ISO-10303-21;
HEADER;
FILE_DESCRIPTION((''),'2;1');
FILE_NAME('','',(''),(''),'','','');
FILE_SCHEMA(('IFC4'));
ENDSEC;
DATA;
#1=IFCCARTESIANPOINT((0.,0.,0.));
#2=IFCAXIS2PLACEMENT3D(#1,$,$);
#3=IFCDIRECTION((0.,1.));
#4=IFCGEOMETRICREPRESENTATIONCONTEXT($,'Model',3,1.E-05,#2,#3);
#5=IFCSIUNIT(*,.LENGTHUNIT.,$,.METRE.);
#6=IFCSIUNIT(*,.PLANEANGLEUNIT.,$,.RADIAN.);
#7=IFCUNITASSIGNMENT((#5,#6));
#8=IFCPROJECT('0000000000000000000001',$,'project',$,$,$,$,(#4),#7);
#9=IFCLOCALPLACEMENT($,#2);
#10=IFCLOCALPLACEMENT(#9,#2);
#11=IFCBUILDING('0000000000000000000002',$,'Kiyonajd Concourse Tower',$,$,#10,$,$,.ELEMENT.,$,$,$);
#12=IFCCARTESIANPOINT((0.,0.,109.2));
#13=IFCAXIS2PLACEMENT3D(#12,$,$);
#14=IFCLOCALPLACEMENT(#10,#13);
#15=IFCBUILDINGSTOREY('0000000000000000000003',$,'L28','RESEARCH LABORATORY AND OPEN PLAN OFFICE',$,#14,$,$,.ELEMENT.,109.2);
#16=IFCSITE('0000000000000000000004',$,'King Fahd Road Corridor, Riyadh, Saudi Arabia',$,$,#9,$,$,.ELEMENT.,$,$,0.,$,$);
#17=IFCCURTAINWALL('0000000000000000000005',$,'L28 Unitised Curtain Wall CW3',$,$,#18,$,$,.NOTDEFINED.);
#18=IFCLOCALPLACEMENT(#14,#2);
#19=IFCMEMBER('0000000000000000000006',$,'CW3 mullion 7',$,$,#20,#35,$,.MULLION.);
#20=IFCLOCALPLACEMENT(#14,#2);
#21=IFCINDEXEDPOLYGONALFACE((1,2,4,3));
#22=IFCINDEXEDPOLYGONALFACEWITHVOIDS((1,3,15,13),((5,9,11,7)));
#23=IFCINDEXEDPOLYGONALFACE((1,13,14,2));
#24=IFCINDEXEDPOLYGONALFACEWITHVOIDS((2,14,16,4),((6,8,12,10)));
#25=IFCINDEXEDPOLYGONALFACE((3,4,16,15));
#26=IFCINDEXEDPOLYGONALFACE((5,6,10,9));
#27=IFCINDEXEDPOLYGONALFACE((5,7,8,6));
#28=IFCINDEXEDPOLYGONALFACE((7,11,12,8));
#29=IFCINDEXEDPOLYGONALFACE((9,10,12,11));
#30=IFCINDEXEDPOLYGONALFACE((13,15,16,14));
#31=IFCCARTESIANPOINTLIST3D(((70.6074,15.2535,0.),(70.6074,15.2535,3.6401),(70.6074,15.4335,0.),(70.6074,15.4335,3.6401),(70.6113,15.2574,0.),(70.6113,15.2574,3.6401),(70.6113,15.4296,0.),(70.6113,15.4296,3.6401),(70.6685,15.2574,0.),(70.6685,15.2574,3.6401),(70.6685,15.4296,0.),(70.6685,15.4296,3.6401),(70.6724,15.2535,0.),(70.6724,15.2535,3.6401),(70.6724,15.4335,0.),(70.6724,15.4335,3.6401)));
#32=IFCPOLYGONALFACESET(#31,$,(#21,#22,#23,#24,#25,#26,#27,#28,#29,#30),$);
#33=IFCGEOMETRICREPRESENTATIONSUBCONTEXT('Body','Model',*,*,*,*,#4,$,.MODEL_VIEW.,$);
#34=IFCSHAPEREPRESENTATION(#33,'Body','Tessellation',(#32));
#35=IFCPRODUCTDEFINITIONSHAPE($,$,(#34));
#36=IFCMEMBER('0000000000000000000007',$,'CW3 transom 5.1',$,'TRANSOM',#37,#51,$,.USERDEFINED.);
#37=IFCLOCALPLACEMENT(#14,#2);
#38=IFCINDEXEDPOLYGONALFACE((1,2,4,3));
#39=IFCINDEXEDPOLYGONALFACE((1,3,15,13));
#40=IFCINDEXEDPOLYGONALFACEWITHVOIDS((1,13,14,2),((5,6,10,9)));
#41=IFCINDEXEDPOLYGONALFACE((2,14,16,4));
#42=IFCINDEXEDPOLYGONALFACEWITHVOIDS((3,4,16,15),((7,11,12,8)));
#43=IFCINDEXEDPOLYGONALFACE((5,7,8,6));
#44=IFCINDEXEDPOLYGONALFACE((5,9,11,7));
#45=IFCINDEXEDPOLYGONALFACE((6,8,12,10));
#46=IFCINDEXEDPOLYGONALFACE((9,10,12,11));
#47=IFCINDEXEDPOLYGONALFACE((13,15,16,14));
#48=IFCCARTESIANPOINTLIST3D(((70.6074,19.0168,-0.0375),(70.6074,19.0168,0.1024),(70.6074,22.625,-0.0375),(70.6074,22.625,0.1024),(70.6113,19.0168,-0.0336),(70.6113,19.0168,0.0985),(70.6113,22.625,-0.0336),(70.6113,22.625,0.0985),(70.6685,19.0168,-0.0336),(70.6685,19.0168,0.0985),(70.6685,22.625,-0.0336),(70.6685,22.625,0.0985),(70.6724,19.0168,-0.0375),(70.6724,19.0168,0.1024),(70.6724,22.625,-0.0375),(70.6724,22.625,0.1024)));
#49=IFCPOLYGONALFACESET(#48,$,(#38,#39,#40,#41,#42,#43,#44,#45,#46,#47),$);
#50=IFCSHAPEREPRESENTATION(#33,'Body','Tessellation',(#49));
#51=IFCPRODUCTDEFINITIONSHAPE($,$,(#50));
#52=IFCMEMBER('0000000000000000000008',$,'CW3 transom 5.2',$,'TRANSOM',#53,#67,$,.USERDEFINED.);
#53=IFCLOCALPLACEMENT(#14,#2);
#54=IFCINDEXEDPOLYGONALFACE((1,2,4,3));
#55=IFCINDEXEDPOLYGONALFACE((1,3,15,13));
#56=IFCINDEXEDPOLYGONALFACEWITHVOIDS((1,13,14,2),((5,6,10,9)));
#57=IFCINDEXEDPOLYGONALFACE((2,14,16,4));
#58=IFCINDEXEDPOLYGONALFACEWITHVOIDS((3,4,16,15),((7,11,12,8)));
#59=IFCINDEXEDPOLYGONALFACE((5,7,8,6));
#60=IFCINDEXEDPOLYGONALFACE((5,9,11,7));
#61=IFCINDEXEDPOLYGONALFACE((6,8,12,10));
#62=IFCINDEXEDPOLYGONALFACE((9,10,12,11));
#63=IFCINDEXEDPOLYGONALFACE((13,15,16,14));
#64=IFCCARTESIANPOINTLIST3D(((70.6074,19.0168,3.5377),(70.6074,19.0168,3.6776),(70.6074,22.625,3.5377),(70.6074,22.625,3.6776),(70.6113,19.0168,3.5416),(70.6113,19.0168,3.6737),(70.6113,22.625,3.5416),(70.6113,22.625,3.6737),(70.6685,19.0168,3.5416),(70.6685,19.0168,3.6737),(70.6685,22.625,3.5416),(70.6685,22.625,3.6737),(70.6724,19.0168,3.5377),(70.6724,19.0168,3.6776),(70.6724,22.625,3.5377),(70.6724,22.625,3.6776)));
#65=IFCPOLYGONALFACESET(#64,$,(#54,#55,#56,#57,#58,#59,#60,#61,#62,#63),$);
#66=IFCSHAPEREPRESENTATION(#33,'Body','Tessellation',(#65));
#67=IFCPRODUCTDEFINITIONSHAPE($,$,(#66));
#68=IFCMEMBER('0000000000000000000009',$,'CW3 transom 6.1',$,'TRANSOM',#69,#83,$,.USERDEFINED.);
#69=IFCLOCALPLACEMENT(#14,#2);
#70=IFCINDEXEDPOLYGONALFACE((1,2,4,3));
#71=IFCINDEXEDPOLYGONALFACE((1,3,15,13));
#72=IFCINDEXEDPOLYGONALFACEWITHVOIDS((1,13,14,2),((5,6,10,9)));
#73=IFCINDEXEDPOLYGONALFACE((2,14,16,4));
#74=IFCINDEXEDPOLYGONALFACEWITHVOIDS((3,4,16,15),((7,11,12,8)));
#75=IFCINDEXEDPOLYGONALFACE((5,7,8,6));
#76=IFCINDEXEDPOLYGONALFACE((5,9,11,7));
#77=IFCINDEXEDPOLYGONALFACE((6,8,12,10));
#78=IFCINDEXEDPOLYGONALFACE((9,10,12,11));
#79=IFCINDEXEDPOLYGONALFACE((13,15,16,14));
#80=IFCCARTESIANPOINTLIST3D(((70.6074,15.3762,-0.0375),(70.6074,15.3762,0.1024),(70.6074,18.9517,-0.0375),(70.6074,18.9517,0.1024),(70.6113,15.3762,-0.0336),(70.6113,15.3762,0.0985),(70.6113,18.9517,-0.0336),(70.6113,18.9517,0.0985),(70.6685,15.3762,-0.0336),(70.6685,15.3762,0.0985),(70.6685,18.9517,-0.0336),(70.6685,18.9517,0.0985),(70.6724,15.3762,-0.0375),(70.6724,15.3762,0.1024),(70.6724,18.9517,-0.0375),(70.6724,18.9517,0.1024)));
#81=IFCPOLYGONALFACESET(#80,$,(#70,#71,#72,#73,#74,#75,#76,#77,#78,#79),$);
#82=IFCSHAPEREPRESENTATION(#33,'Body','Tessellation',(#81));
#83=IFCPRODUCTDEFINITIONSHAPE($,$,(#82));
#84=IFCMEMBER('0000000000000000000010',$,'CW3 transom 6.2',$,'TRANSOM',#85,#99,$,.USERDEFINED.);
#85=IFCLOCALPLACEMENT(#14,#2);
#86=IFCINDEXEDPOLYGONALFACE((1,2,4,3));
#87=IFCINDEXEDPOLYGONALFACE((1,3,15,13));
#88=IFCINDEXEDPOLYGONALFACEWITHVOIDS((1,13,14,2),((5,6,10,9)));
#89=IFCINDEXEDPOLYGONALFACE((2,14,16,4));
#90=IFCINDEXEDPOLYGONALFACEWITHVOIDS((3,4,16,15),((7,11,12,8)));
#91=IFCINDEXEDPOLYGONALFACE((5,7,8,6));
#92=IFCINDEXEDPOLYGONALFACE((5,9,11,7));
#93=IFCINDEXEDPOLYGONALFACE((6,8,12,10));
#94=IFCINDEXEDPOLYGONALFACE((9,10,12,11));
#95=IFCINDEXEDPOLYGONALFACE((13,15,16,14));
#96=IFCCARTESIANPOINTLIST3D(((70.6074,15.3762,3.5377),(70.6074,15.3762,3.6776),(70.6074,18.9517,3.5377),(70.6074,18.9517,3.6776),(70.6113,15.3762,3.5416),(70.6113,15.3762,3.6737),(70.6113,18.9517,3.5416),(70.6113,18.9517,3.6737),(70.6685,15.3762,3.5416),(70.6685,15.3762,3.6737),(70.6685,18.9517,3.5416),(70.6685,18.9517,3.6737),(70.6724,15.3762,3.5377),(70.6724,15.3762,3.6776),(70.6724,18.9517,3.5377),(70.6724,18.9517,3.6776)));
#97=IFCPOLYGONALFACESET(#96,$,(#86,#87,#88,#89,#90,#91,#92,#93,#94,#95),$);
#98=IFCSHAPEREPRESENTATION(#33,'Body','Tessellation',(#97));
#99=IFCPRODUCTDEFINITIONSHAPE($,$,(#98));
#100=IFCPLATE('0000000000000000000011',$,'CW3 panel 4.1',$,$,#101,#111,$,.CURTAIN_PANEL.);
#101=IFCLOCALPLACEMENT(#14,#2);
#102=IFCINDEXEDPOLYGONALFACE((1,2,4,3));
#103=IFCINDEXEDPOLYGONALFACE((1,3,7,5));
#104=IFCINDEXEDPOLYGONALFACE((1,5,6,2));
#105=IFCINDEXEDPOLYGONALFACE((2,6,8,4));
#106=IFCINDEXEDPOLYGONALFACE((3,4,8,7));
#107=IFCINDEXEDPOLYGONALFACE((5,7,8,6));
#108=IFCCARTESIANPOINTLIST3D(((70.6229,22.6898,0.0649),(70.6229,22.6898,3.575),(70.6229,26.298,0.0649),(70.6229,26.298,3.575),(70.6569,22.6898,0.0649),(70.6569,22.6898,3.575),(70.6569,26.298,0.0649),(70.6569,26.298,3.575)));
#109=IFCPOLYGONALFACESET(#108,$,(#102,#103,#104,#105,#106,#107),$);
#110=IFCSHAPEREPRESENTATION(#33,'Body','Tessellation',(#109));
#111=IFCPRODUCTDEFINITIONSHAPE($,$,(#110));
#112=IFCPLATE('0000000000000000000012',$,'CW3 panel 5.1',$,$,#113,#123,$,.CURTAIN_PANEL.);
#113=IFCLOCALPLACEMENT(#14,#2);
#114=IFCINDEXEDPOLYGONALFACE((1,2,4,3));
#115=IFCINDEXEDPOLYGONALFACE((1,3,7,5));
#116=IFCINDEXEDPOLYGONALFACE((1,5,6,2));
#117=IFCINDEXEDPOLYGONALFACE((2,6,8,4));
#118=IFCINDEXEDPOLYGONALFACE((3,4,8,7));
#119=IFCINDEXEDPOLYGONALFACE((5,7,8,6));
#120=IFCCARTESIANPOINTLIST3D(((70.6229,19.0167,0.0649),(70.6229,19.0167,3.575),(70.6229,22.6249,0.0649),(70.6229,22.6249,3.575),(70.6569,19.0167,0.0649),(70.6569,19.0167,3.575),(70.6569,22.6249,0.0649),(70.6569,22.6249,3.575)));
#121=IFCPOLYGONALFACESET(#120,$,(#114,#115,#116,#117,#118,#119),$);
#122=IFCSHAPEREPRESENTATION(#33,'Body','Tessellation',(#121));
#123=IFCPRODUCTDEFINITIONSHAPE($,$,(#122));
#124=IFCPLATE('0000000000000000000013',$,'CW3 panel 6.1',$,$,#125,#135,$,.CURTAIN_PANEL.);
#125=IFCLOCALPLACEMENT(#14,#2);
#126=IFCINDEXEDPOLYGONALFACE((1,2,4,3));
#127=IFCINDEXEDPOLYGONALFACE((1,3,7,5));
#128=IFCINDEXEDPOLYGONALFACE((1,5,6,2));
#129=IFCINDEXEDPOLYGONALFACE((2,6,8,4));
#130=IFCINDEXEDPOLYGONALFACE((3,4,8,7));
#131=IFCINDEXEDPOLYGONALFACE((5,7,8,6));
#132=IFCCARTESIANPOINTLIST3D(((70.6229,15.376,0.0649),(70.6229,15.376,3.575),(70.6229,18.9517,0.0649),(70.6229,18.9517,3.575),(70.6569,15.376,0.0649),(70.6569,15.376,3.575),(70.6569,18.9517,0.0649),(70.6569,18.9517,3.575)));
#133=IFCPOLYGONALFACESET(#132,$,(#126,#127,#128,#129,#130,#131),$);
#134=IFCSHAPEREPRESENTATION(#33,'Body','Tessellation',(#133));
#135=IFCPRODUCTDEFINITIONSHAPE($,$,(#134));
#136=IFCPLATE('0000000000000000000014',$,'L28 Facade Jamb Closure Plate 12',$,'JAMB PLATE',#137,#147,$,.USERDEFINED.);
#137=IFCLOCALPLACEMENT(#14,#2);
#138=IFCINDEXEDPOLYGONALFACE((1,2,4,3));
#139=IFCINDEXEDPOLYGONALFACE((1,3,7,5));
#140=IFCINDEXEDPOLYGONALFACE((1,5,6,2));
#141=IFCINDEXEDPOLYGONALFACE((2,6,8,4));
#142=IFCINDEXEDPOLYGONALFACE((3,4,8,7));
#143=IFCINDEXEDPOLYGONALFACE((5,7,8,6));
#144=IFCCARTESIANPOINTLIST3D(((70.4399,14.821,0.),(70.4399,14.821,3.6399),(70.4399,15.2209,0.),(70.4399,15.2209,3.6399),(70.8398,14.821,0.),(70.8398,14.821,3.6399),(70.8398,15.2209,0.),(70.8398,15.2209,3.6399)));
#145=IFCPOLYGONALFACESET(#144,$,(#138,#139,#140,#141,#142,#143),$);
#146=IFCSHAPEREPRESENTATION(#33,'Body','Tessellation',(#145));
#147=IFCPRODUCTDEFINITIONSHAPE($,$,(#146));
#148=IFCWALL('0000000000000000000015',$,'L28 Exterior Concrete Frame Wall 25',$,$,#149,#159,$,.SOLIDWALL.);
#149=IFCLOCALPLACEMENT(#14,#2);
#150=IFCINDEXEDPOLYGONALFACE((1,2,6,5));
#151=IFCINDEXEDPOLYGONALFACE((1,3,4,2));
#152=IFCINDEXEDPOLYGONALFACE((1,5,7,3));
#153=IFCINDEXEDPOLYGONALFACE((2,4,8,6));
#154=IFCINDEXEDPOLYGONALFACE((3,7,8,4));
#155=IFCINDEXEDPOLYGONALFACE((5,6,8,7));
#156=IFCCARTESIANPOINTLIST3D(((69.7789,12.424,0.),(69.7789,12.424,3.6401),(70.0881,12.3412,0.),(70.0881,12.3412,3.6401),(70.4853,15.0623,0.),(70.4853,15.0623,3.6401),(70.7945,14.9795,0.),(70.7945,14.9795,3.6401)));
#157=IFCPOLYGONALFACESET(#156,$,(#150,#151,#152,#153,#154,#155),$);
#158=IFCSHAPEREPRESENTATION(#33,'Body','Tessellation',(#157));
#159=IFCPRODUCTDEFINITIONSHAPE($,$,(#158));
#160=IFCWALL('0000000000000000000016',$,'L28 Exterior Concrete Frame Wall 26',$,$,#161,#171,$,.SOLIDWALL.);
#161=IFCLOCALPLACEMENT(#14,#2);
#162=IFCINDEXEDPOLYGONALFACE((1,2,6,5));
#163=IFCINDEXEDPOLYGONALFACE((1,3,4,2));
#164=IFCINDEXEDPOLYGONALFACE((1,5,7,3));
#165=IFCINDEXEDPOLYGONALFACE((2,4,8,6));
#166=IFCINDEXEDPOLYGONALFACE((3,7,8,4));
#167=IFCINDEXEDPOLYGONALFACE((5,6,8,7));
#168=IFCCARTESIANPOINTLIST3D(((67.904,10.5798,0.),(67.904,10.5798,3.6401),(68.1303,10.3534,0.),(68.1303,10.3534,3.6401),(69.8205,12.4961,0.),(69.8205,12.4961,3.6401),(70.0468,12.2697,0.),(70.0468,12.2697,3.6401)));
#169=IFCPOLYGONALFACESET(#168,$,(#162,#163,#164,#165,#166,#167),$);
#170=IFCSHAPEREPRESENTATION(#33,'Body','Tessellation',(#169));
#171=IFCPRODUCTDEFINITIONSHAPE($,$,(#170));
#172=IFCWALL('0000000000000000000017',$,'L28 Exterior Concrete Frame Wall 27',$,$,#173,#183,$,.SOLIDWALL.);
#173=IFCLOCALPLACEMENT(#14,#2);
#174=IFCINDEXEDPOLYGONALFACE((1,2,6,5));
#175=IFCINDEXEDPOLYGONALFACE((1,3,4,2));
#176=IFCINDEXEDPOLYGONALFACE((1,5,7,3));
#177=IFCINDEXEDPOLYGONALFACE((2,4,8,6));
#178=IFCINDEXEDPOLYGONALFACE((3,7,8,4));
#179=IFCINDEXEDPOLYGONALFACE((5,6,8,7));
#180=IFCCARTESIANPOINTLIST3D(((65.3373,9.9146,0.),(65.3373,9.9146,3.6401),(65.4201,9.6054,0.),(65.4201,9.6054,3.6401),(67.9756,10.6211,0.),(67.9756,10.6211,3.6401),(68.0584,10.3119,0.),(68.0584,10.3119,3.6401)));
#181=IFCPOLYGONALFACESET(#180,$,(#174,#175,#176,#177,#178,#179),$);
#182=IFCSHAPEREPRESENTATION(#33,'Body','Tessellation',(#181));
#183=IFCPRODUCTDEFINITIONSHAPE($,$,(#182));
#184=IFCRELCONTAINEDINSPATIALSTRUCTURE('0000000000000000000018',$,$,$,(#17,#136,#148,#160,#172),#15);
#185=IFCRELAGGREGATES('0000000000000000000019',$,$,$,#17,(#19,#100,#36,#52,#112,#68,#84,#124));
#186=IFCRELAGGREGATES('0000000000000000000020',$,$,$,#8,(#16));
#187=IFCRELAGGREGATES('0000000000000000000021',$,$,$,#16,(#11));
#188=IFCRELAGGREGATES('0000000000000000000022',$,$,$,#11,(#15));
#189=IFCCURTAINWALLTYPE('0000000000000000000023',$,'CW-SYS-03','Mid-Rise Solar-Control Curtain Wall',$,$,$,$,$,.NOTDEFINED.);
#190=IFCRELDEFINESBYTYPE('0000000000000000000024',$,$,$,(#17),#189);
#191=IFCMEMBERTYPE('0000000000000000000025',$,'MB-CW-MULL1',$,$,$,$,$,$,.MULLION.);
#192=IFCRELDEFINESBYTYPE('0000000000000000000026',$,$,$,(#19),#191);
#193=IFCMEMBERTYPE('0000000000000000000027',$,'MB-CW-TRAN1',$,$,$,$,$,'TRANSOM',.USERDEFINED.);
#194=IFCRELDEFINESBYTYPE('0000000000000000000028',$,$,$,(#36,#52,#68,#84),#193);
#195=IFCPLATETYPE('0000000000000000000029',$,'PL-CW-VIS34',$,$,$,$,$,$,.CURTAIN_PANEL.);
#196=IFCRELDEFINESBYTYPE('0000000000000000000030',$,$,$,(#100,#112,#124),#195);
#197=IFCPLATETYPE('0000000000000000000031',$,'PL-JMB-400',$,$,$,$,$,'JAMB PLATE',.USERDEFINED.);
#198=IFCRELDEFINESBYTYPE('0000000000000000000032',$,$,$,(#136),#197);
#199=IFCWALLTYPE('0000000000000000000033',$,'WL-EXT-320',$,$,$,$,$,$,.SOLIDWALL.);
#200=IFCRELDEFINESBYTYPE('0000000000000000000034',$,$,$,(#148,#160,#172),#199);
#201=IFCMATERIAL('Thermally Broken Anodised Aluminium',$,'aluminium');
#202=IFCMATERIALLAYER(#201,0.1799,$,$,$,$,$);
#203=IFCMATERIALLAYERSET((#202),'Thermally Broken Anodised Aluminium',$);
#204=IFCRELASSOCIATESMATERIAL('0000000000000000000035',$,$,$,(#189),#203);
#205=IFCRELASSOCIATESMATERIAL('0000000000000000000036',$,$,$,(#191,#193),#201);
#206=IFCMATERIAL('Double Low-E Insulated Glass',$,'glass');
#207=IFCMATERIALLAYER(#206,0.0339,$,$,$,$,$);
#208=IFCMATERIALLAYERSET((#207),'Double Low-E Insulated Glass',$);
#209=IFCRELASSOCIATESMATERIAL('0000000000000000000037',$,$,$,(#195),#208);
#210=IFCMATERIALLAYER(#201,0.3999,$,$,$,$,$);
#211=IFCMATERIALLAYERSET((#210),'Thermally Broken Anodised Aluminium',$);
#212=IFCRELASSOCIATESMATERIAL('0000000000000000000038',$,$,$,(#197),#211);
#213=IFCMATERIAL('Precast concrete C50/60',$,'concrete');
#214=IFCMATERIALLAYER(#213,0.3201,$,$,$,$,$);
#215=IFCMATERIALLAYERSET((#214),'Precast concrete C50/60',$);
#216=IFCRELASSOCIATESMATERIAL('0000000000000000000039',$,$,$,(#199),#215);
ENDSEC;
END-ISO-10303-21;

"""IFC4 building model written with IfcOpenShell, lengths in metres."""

from ifc_helpers import new_model, si_unit, direction, frame, frame_2d, origin, origin_2d, place, context, subcontext, project, spatial, rectangle, hollow_rectangle, extrude, material, layer, layer_set, material_profile, profile_set, type_object, element, aggregate, save


model = new_model("IFC4")

# Units and contexts
model_context = context("Model", 3, precision=1e-05, world=origin(), true_north=direction((0.0, 1.0)))
body_context = subcontext(model_context, "Body", "Model", "MODEL_VIEW")
ifc_project = project(units=[si_unit("LENGTHUNIT", "METRE"), si_unit("PLANEANGLEUNIT", "RADIAN")], contexts=[model_context])

# Site, building, storey
site_placement = place(None, origin())
site = spatial("IfcSite", under=ifc_project, at=site_placement, Name="King Fahd Road Corridor, Riyadh, Saudi Arabia", CompositionType="ELEMENT", RefElevation=0.0)
building_placement = place(site_placement, origin())
building = spatial("IfcBuilding", under=site, at=building_placement, Name="Kiyonajd Concourse Tower", CompositionType="ELEMENT")
storey_placement = place(building_placement, frame((0.0, 0.0, 109.2)))
storey = spatial("IfcBuildingStorey", under=building, at=storey_placement, Name="L28", Description="RESEARCH LABORATORY AND OPEN PLAN OFFICE", CompositionType="ELEMENT", Elevation=109.2)

# Shared definitions
ifc_material_1 = material(Name="Precast concrete C50/60", Category="concrete")

# Curtain wall, members, plates
ifc_material_2 = material(Name="Thermally Broken Anodised Aluminium", Category="aluminium")
ifc_layer_1 = layer(ifc_material_2, 0.1799)
ifc_layer_set_1 = layer_set([ifc_layer_1], Name="Thermally Broken Anodised Aluminium")
curtain_wall_type = type_object("IfcCurtainWallType", Name="CW-SYS-03", Description="Mid-Rise Solar-Control Curtain Wall", PredefinedType="NOTDEFINED", material=ifc_layer_set_1)
curtain_wall_placement = place(storey_placement, origin())
curtain_wall = element("IfcCurtainWall", 1, at=curtain_wall_placement, inside=storey, type_object=curtain_wall_type, Name="L28 Unitised Curtain Wall CW3", PredefinedType="NOTDEFINED")
ifc_material_profile_1 = material_profile(ifc_material_2, hollow_rectangle(XDim=0.0649, YDim=0.1799, WallThickness=0.0039, at=origin_2d()), Name="MULL-65x180")
ifc_profile_set_1 = profile_set([ifc_material_profile_1], Name="Thermally Broken Anodised Aluminium")
member_type_1 = type_object("IfcMemberType", Name="MB-CW-MULL1", PredefinedType="MULLION", material=ifc_profile_set_1)
member_1_placement = place(storey_placement, frame((70.6399, 15.3435, 0.0), z_axis=(0.0, 0.0, 1.0), x_axis=(1.0, 0.0, 0.0)))
member_1 = element("IfcMember", 2, at=member_1_placement, type_object=member_type_1, Name="CW3 mullion 7", PredefinedType="MULLION", context=body_context, shape_type="SweptSolid", body=[
    extrude(hollow_rectangle(XDim=0.0649, YDim=0.1799, WallThickness=0.0039, at=origin_2d()), origin(), (0.0, 0.0, 1.0), 3.6401),
])
ifc_material_profile_2 = material_profile(ifc_material_2, hollow_rectangle(XDim=0.0649, YDim=0.1399, WallThickness=0.0039, at=origin_2d()), Name="TRAN-65x140")
ifc_profile_set_2 = profile_set([ifc_material_profile_2], Name="Thermally Broken Anodised Aluminium")
member_type_2 = type_object("IfcMemberType", Name="MB-CW-TRAN1", ElementType="TRANSOM", PredefinedType="USERDEFINED", material=ifc_profile_set_2)
member_2_placement = place(storey_placement, frame((70.6399, 22.625, 0.0325), z_axis=(0.0, -1.0, 0.0), x_axis=(1.0, 0.0, 0.0)))
member_2 = element("IfcMember", 3, at=member_2_placement, type_object=member_type_2, Name="CW3 transom 5.1", ObjectType="TRANSOM", PredefinedType="USERDEFINED", context=body_context, shape_type="SweptSolid", body=[
    extrude(hollow_rectangle(XDim=0.0649, YDim=0.1399, WallThickness=0.0039, at=origin_2d()), origin(), (0.0, 0.0, 1.0), 3.6082),
])
member_3_placement = place(storey_placement, frame((70.6399, 22.625, 3.6077), z_axis=(0.0, -1.0, 0.0), x_axis=(1.0, 0.0, 0.0)))
member_3 = element("IfcMember", 4, at=member_3_placement, type_object=member_type_2, Name="CW3 transom 5.2", ObjectType="TRANSOM", PredefinedType="USERDEFINED", context=body_context, shape_type="SweptSolid", body=[
    extrude(hollow_rectangle(XDim=0.0649, YDim=0.1399, WallThickness=0.0039, at=origin_2d()), origin(), (0.0, 0.0, 1.0), 3.6082),
])
member_4_placement = place(storey_placement, frame((70.6399, 18.9517, 0.0325), z_axis=(0.0, -1.0, 0.0), x_axis=(1.0, 0.0, 0.0)))
member_4 = element("IfcMember", 5, at=member_4_placement, type_object=member_type_2, Name="CW3 transom 6.1", ObjectType="TRANSOM", PredefinedType="USERDEFINED", context=body_context, shape_type="SweptSolid", body=[
    extrude(hollow_rectangle(XDim=0.0649, YDim=0.1399, WallThickness=0.0039, at=origin_2d()), origin(), (0.0, 0.0, 1.0), 3.5754),
])
member_5_placement = place(storey_placement, frame((70.6399, 18.9517, 3.6077), z_axis=(0.0, -1.0, 0.0), x_axis=(1.0, 0.0, 0.0)))
member_5 = element("IfcMember", 6, at=member_5_placement, type_object=member_type_2, Name="CW3 transom 6.2", ObjectType="TRANSOM", PredefinedType="USERDEFINED", context=body_context, shape_type="SweptSolid", body=[
    extrude(hollow_rectangle(XDim=0.0649, YDim=0.1399, WallThickness=0.0039, at=origin_2d()), origin(), (0.0, 0.0, 1.0), 3.5754),
])
ifc_material_3 = material(Name="Double Low-E Insulated Glass", Category="glass")
ifc_layer_2 = layer(ifc_material_3, 0.0339)
ifc_layer_set_2 = layer_set([ifc_layer_2], Name="Double Low-E Insulated Glass")
plate_type_1 = type_object("IfcPlateType", Name="PL-CW-VIS34", PredefinedType="CURTAIN_PANEL", material=ifc_layer_set_2)
plate_1_placement = place(storey_placement, frame((70.6399, 24.4939, 0.0649), z_axis=(0.0, 0.0, 1.0), x_axis=(0.0, -1.0, 0.0)))
plate_1 = element("IfcPlate", 7, at=plate_1_placement, type_object=plate_type_1, Name="CW3 panel 4.1", PredefinedType="CURTAIN_PANEL", context=body_context, shape_type="SweptSolid", body=[
    extrude(rectangle(XDim=3.6082, YDim=0.0339, at=origin_2d()), origin(), (0.0, 0.0, 1.0), 3.51),
])
plate_2_placement = place(storey_placement, frame((70.6399, 20.8208, 0.0649), z_axis=(0.0, 0.0, 1.0), x_axis=(0.0, -1.0, 0.0)))
plate_2 = element("IfcPlate", 8, at=plate_2_placement, type_object=plate_type_1, Name="CW3 panel 5.1", PredefinedType="CURTAIN_PANEL", context=body_context, shape_type="SweptSolid", body=[
    extrude(rectangle(XDim=3.6082, YDim=0.0339, at=origin_2d()), origin(), (0.0, 0.0, 1.0), 3.51),
])
plate_3_placement = place(storey_placement, frame((70.6399, 17.1638, 0.0649), z_axis=(0.0, 0.0, 1.0), x_axis=(0.0, -1.0, 0.0)))
plate_3 = element("IfcPlate", 9, at=plate_3_placement, type_object=plate_type_1, Name="CW3 panel 6.1", PredefinedType="CURTAIN_PANEL", context=body_context, shape_type="SweptSolid", body=[
    extrude(rectangle(XDim=3.5757, YDim=0.0339, at=origin_2d()), origin(), (0.0, 0.0, 1.0), 3.51),
])
aggregate(curtain_wall, [member_1, plate_1, member_2, member_3, plate_2, member_4, member_5, plate_3])

# Plate
ifc_layer_3 = layer(ifc_material_2, 0.3999)
ifc_layer_set_3 = layer_set([ifc_layer_3], Name="Thermally Broken Anodised Aluminium")
plate_type_2 = type_object("IfcPlateType", Name="PL-JMB-400", ElementType="JAMB PLATE", PredefinedType="USERDEFINED", material=ifc_layer_set_3)
plate_4_placement = place(storey_placement, frame((70.6399, 15.021, 0.0), z_axis=(0.0, 0.0, 1.0), x_axis=(1.0, 0.0, 0.0)))
element("IfcPlate", 10, at=plate_4_placement, inside=storey, type_object=plate_type_2, Name="L28 Facade Jamb Closure Plate 12", ObjectType="JAMB PLATE", PredefinedType="USERDEFINED", context=body_context, shape_type="SweptSolid", body=[
    extrude(rectangle(XDim=0.3999, YDim=0.3999, at=origin_2d()), origin(), (0.0, 0.0, 1.0), 3.6399),
])

# Walls
ifc_layer_4 = layer(ifc_material_1, 0.3201)
ifc_layer_set_4 = layer_set([ifc_layer_4], Name="Precast concrete C50/60")
wall_type_1 = type_object("IfcWallType", Name="WL-EXT-320", PredefinedType="SOLIDWALL", material=ifc_layer_set_4)
wall_1_placement = place(storey_placement, frame((70.6399, 15.021, 0.0), z_axis=(0.0, 0.0, 1.0), x_axis=(-0.258614, -0.965981, 0.0)))
element("IfcWall", 11, at=wall_1_placement, inside=storey, type_object=wall_type_1, Name="L28 Exterior Concrete Frame Wall 25", PredefinedType="SOLIDWALL", context=body_context, shape_type="SweptSolid", body=[
    extrude(rectangle(XDim=2.7312, YDim=0.3201, at=frame_2d((1.3657, 0.0))), origin(), (0.0, 0.0, 1.0), 3.6401),
])
wall_2_placement = place(storey_placement, frame((69.9336, 12.3828, 0.0), z_axis=(0.0, 0.0, 1.0), x_axis=(-0.707152, -0.707062, 0.0)))
element("IfcWall", 12, at=wall_2_placement, inside=storey, type_object=wall_type_1, Name="L28 Exterior Concrete Frame Wall 26", PredefinedType="SOLIDWALL", context=body_context, shape_type="SweptSolid", body=[
    extrude(rectangle(XDim=2.7102, YDim=0.3201, at=frame_2d((1.355, 0.0))), origin(), (0.0, 0.0, 1.0), 3.6401),
])
wall_3_placement = place(storey_placement, frame((68.0171, 10.4666, 0.0), z_axis=(0.0, 0.0, 1.0), x_axis=(-0.965958, -0.258697, 0.0)))
element("IfcWall", 13, at=wall_3_placement, inside=storey, type_object=wall_type_1, Name="L28 Exterior Concrete Frame Wall 27", PredefinedType="SOLIDWALL", context=body_context, shape_type="SweptSolid", body=[
    extrude(rectangle(XDim=2.7312, YDim=0.3201, at=frame_2d((1.3657, 0.0))), origin(), (0.0, 0.0, 1.0), 3.6401),
])

save(model, "model.ifc")
